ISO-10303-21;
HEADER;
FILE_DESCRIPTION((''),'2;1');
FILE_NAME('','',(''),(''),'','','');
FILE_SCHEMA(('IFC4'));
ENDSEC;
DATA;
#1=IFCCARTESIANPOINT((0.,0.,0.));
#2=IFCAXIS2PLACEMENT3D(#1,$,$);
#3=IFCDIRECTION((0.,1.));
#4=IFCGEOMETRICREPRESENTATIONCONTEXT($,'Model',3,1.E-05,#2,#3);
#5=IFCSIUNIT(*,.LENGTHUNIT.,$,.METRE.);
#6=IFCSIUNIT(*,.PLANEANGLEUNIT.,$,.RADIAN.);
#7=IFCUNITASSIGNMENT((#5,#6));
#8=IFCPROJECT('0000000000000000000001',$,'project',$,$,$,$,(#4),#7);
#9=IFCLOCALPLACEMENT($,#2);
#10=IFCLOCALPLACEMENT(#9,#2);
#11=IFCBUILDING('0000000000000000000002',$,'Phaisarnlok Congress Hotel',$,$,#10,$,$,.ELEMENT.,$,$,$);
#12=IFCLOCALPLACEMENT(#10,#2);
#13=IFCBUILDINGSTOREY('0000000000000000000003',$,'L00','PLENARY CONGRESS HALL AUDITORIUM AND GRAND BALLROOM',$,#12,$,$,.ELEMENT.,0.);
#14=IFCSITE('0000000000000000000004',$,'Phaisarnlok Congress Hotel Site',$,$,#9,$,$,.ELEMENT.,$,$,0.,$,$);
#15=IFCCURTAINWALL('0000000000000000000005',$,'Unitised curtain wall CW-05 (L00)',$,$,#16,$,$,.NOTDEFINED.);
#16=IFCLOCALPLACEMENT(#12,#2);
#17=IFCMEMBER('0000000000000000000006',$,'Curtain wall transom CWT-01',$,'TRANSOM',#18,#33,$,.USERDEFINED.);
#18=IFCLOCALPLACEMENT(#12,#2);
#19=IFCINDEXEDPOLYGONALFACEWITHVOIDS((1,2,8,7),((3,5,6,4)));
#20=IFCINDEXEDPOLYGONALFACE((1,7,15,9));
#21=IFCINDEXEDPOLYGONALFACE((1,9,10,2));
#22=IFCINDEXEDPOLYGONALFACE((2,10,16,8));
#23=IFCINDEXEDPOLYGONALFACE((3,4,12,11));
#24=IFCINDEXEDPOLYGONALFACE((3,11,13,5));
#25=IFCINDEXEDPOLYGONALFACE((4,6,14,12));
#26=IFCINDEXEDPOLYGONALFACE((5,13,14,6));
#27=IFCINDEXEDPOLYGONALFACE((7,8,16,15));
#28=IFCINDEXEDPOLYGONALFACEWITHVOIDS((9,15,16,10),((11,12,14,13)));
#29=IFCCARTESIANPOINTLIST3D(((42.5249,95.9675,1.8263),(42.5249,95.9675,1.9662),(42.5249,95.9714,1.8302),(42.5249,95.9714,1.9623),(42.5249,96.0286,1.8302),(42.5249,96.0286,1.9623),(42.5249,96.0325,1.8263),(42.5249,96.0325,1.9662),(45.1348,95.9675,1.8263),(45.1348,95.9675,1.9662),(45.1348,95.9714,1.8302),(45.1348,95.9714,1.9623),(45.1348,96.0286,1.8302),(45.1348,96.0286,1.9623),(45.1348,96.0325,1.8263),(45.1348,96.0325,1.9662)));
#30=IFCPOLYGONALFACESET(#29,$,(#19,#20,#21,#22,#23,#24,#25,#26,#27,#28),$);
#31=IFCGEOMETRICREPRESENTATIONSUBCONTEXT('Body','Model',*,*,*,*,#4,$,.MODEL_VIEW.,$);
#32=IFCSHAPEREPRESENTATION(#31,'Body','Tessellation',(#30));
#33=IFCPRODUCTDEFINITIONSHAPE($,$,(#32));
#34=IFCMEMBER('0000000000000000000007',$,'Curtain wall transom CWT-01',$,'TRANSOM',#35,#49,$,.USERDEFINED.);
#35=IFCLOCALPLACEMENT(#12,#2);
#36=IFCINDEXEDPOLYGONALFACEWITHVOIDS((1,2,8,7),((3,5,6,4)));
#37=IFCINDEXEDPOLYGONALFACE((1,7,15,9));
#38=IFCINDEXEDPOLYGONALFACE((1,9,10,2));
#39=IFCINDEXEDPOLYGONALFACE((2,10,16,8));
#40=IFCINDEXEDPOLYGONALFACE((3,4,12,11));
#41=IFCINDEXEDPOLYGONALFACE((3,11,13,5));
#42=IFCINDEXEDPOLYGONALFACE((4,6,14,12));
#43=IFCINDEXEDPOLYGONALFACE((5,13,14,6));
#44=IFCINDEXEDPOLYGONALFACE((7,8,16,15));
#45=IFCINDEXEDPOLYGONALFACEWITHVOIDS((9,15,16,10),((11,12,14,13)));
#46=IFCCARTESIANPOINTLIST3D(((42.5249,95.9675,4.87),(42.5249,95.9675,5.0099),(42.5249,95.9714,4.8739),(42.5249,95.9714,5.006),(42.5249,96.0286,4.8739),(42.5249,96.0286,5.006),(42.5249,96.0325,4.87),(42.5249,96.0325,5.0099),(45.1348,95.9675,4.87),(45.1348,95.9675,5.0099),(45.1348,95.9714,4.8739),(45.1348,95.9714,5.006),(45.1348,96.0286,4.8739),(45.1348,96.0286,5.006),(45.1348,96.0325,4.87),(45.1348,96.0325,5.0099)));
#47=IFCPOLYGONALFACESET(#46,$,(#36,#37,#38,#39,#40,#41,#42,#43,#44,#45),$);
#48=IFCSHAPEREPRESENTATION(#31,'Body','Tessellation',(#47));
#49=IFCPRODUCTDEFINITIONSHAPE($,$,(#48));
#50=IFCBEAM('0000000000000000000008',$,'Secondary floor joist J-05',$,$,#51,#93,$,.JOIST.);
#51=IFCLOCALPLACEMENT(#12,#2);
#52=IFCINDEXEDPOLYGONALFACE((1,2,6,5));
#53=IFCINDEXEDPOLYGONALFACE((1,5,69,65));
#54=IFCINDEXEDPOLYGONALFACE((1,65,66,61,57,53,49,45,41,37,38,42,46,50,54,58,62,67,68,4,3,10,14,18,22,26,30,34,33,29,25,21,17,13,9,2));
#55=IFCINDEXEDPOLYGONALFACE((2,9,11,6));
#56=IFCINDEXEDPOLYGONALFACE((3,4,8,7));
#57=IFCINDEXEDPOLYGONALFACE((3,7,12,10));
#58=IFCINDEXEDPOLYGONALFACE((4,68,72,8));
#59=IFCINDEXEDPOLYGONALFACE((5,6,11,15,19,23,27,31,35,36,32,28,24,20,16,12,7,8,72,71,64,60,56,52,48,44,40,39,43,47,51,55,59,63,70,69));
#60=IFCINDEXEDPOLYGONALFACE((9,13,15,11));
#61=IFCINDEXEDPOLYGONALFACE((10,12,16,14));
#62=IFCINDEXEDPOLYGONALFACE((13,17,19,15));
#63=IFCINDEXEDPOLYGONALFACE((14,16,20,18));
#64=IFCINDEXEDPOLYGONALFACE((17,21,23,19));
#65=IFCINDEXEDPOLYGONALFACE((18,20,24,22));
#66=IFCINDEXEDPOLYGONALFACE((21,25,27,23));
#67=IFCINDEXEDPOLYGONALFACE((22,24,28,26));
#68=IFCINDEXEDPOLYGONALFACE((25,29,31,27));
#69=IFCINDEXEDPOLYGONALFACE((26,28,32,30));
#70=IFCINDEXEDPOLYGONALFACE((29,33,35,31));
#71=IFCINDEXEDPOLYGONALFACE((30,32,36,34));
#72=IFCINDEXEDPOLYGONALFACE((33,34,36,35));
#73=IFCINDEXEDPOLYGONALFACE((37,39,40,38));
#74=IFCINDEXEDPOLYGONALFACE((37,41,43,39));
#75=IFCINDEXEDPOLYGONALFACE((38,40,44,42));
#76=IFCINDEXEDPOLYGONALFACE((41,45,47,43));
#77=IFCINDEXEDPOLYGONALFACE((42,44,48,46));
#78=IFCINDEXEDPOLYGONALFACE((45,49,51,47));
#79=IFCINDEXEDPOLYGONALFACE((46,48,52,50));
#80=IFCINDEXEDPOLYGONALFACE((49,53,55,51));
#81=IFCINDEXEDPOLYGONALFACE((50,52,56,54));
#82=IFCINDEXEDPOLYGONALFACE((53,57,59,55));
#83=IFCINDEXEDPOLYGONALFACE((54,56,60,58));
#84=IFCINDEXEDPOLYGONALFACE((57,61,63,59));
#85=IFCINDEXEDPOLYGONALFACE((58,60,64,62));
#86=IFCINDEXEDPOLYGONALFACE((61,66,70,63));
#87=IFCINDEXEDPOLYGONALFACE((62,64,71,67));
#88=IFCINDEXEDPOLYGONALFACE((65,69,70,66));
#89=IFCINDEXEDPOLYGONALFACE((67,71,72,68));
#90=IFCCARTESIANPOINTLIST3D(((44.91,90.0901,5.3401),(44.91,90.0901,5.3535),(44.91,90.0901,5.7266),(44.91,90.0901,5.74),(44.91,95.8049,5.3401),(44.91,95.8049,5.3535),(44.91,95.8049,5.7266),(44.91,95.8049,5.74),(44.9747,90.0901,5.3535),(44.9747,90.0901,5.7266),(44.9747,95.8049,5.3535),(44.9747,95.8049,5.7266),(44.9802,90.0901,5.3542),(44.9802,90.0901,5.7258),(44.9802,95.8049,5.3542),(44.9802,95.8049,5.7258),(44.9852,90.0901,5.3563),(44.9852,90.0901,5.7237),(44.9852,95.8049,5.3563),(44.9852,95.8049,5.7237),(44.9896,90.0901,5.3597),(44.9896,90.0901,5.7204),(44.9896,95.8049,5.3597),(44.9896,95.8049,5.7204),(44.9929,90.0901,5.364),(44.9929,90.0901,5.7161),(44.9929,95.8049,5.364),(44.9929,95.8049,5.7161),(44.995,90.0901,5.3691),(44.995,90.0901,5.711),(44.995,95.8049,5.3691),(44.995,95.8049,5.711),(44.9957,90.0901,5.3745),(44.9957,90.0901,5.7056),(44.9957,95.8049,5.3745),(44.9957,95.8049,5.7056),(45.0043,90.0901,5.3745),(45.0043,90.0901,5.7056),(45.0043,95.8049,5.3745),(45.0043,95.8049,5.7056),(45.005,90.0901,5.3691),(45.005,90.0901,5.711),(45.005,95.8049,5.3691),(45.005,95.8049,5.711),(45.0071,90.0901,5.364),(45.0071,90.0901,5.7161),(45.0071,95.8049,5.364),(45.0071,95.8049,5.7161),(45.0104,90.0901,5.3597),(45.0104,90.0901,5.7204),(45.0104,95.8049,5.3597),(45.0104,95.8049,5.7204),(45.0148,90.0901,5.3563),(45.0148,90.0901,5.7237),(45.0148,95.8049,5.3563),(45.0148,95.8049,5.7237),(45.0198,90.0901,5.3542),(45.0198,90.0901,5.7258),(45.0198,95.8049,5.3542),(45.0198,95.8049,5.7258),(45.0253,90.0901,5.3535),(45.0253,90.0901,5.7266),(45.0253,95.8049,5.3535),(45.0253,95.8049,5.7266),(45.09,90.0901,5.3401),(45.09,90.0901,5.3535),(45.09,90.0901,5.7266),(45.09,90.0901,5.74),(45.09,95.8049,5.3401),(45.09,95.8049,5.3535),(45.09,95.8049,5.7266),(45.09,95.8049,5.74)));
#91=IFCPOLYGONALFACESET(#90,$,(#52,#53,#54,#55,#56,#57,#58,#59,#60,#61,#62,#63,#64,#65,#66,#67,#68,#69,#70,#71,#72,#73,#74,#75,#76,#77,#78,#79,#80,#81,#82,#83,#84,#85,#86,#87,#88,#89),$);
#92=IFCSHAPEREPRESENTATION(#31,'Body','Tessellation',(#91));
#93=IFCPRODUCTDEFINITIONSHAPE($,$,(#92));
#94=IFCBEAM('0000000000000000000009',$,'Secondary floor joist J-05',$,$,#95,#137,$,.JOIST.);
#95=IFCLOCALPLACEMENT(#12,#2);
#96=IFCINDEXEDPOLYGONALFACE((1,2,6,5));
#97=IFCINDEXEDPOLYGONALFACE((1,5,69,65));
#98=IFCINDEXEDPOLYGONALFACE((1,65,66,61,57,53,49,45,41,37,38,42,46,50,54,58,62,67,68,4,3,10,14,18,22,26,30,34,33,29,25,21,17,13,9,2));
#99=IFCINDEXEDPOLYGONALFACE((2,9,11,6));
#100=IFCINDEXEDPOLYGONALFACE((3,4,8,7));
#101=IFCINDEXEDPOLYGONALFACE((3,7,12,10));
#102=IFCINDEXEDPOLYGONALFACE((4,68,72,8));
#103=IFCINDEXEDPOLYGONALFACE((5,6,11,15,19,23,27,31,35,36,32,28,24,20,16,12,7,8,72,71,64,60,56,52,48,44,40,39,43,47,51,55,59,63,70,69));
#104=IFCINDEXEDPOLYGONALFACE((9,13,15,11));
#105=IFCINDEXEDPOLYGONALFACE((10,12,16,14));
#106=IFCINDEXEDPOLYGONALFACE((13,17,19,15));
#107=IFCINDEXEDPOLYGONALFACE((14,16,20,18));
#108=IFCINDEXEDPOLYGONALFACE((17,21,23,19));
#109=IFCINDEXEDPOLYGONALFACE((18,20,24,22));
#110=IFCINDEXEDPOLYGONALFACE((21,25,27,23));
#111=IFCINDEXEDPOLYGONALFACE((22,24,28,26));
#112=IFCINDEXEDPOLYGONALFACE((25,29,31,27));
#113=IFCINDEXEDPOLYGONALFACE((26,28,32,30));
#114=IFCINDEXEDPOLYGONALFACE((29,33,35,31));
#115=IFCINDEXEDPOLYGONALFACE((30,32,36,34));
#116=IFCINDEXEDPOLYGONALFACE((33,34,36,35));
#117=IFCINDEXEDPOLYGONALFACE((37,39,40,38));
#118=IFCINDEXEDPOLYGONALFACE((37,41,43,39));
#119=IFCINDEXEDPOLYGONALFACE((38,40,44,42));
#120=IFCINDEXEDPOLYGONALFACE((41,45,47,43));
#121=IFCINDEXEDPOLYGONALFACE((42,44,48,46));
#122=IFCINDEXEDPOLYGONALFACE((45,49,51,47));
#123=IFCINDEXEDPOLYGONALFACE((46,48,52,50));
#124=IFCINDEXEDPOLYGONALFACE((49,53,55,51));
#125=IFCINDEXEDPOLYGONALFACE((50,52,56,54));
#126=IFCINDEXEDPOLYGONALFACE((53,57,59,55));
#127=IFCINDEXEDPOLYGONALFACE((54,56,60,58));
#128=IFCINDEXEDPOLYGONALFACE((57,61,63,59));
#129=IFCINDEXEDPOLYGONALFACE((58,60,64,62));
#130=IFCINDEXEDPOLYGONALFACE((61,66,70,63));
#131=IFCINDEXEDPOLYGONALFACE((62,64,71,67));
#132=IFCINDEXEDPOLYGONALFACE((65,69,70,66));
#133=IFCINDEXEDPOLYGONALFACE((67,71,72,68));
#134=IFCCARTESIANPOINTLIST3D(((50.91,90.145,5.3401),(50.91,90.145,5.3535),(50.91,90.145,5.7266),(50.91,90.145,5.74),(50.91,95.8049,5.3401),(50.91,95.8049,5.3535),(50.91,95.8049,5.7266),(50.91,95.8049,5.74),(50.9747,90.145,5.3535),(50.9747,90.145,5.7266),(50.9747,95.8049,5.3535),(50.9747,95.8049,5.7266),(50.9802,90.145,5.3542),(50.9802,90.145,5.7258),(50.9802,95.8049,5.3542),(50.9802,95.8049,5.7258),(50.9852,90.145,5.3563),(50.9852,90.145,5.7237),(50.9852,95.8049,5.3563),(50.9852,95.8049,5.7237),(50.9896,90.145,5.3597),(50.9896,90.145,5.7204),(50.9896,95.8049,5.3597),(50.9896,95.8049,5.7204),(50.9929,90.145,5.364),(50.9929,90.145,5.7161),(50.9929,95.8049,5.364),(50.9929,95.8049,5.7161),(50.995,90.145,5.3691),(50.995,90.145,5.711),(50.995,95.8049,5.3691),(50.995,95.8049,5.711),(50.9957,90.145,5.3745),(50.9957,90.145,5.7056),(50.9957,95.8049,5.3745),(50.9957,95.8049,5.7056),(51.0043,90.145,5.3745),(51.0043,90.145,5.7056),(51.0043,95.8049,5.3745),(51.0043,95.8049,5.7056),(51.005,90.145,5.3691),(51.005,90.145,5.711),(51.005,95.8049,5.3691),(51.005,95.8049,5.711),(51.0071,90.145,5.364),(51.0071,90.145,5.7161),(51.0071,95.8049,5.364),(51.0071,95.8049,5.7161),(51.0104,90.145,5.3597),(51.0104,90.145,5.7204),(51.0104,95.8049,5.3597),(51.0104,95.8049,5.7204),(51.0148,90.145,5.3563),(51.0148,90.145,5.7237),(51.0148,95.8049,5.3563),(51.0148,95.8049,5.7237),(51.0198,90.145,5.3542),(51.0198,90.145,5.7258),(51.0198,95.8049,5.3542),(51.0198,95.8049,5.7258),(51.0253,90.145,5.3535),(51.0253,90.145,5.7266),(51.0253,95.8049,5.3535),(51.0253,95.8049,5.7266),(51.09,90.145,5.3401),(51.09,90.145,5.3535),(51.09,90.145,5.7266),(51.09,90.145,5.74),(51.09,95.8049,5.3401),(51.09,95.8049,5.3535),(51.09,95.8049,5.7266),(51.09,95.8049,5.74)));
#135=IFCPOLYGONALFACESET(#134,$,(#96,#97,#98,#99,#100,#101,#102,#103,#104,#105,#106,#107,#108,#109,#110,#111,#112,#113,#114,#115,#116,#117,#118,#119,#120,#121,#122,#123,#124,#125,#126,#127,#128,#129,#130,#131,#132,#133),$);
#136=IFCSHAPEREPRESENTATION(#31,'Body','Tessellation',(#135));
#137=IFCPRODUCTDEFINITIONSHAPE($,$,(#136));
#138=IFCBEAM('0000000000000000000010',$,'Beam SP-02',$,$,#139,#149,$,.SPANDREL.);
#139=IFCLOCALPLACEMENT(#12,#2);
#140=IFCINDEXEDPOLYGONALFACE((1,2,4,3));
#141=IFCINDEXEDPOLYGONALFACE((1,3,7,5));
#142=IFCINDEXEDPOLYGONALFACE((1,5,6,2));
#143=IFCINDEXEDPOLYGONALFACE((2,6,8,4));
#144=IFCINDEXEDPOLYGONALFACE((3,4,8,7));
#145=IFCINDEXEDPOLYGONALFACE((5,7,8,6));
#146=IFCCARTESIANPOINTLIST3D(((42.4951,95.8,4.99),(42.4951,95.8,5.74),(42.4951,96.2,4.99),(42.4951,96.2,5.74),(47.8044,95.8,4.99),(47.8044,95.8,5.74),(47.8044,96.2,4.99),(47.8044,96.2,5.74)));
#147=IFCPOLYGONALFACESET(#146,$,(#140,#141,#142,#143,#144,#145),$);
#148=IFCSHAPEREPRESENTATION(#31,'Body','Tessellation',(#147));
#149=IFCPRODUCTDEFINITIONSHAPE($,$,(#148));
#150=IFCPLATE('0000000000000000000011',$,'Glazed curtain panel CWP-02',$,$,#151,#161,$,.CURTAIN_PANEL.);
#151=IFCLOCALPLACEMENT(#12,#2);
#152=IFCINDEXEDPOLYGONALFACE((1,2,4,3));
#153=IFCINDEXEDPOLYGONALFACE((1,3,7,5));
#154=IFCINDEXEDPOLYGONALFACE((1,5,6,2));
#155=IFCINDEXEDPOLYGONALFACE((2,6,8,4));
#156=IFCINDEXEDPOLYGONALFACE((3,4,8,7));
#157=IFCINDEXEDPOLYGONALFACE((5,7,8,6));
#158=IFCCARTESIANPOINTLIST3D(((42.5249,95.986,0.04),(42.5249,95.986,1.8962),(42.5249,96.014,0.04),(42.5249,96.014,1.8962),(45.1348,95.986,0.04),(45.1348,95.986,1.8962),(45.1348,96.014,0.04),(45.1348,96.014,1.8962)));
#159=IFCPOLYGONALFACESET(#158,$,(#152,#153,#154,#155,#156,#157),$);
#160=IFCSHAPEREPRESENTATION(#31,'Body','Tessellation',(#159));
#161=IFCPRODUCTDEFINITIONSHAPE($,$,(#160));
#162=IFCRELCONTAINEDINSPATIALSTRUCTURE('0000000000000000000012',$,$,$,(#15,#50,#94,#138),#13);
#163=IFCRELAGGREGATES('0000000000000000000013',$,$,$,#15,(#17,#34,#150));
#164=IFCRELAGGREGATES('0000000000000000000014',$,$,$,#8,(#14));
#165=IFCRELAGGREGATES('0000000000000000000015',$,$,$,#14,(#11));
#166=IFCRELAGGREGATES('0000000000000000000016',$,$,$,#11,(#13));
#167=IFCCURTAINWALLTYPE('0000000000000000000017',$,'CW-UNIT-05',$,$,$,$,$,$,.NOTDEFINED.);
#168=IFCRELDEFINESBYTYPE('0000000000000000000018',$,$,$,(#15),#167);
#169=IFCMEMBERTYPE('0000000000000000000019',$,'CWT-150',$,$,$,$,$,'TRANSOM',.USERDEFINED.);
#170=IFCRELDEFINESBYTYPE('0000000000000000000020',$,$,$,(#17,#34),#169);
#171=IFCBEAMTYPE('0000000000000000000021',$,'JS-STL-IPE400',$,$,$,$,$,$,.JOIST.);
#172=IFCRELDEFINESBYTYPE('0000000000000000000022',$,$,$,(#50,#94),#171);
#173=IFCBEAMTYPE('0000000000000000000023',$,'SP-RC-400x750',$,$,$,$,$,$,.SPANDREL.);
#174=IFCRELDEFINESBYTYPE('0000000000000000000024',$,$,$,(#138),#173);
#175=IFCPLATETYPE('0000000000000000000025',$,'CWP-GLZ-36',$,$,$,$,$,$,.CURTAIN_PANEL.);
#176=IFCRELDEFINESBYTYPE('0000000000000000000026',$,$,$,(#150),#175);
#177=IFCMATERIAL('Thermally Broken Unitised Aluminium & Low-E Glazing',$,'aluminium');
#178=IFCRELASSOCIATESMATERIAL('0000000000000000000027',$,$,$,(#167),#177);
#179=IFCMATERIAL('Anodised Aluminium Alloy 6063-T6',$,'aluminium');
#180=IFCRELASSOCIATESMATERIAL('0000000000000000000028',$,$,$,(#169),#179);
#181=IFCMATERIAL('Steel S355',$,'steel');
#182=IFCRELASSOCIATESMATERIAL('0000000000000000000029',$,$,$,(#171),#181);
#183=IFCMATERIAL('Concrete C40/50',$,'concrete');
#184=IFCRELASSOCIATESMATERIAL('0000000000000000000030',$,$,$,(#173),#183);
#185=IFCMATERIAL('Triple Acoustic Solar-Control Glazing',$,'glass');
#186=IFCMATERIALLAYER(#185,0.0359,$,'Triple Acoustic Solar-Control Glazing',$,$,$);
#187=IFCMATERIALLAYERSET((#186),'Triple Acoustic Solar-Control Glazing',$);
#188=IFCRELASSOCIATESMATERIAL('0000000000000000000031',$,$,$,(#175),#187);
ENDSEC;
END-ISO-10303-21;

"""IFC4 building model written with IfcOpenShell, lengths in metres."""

from ifc_helpers import new_model, si_unit, direction, frame, frame_2d, origin, origin_2d, place, context, subcontext, project, spatial, rectangle, hollow_rectangle, i_section, extrude, material, layer, layer_set, material_profile, profile_set, type_object, element, aggregate, save


model = new_model("IFC4")

# Units and contexts
model_context = context("Model", 3, precision=1e-05, world=origin(), true_north=direction((0.0, 1.0)))
body_context = subcontext(model_context, "Body", "Model", "MODEL_VIEW")
ifc_project = project(units=[si_unit("LENGTHUNIT", "METRE"), si_unit("PLANEANGLEUNIT", "RADIAN")], contexts=[model_context])

# Site, building, storey
site_placement = place(None, origin())
site = spatial("IfcSite", under=ifc_project, at=site_placement, Name="Phaisarnlok Congress Hotel Site", CompositionType="ELEMENT", RefElevation=0.0)
building_placement = place(site_placement, origin())
building = spatial("IfcBuilding", under=site, at=building_placement, Name="Phaisarnlok Congress Hotel", CompositionType="ELEMENT")
storey_placement = place(building_placement, origin())
storey = spatial("IfcBuildingStorey", under=building, at=storey_placement, Name="L00", Description="PLENARY CONGRESS HALL AUDITORIUM AND GRAND BALLROOM", CompositionType="ELEMENT", Elevation=0.0)

# Shared definitions
ifc_material_1 = material(Name="Steel S355", Category="steel")

# Shared definitions
ifc_material_2 = material(Name="Concrete C40/50", Category="concrete")

# Curtain wall, members
ifc_material_3 = material(Name="Thermally Broken Unitised Aluminium & Low-E Glazing", Category="aluminium")
curtain_wall_type = type_object("IfcCurtainWallType", Name="CW-UNIT-05", PredefinedType="NOTDEFINED", material=ifc_material_3)
curtain_wall_placement = place(storey_placement, origin())
curtain_wall = element("IfcCurtainWall", 1, at=curtain_wall_placement, inside=storey, type_object=curtain_wall_type, Name="Unitised curtain wall CW-05 (L00)", PredefinedType="NOTDEFINED")
ifc_material_4 = material(Name="Anodised Aluminium Alloy 6063-T6", Category="aluminium")
ifc_material_profile_1 = material_profile(ifc_material_4, hollow_rectangle(XDim=0.0649, YDim=0.1399, WallThickness=0.0039, at=origin_2d()), Name="ALU-T 65x140x4")
ifc_profile_set_1 = profile_set([ifc_material_profile_1], Name="Anodised Aluminium Alloy 6063-T6")
member_type_1 = type_object("IfcMemberType", Name="CWT-150", ElementType="TRANSOM", PredefinedType="USERDEFINED", material=ifc_profile_set_1)
member_1_placement = place(storey_placement, frame((45.1348, 96.0, 1.8962), z_axis=(-1.0, 0.0, 0.0), x_axis=(0.0, -1.0, 0.0)))
member_1 = element("IfcMember", 2, at=member_1_placement, type_object=member_type_1, Name="Curtain wall transom CWT-01", ObjectType="TRANSOM", PredefinedType="USERDEFINED", context=body_context, shape_type="SweptSolid", body=[
    extrude(hollow_rectangle(XDim=0.0649, YDim=0.1399, WallThickness=0.0039, at=origin_2d()), origin(), (0.0, 0.0, 1.0), 2.6099),
])
member_2_placement = place(storey_placement, frame((45.1348, 96.0, 4.9399), z_axis=(-1.0, 0.0, 0.0), x_axis=(0.0, -1.0, 0.0)))
member_2 = element("IfcMember", 3, at=member_2_placement, type_object=member_type_1, Name="Curtain wall transom CWT-01", ObjectType="TRANSOM", PredefinedType="USERDEFINED", context=body_context, shape_type="SweptSolid", body=[
    extrude(hollow_rectangle(XDim=0.0649, YDim=0.1399, WallThickness=0.0039, at=origin_2d()), origin(), (0.0, 0.0, 1.0), 2.6099),
])

# Beams
ifc_material_profile_2 = material_profile(ifc_material_1, i_section(OverallWidth=0.1799, OverallDepth=0.3999, WebThickness=0.0085, FlangeThickness=0.0134, FilletRadius=0.021, at=origin_2d()), Name="IPE 400")
ifc_profile_set_2 = profile_set([ifc_material_profile_2], Name="Steel S355")
beam_type_1 = type_object("IfcBeamType", Name="JS-STL-IPE400", PredefinedType="JOIST", material=ifc_profile_set_2)
beam_1_placement = place(storey_placement, frame((45.0, 90.0901, 5.54), z_axis=(0.0, 1.0, 0.0), x_axis=(-1.0, 0.0, 0.0)))
element("IfcBeam", 4, at=beam_1_placement, inside=storey, type_object=beam_type_1, Name="Secondary floor joist J-05", PredefinedType="JOIST", context=body_context, shape_type="SweptSolid", body=[
    extrude(i_section(OverallWidth=0.1799, OverallDepth=0.3999, WebThickness=0.0085, FlangeThickness=0.0134, FilletRadius=0.021, at=origin_2d()), origin(), (0.0, 0.0, 1.0), 5.7148),
])
beam_2_placement = place(storey_placement, frame((51.0, 90.145, 5.54), z_axis=(0.0, 1.0, 0.0), x_axis=(-1.0, 0.0, 0.0)))
element("IfcBeam", 5, at=beam_2_placement, inside=storey, type_object=beam_type_1, Name="Secondary floor joist J-05", PredefinedType="JOIST", context=body_context, shape_type="SweptSolid", body=[
    extrude(i_section(OverallWidth=0.1799, OverallDepth=0.3999, WebThickness=0.0085, FlangeThickness=0.0134, FilletRadius=0.021, at=origin_2d()), origin(), (0.0, 0.0, 1.0), 5.6599),
])
ifc_material_profile_3 = material_profile(ifc_material_2, rectangle(XDim=0.3999, YDim=0.75, at=origin_2d()), Name="RC 400x750")
ifc_profile_set_3 = profile_set([ifc_material_profile_3], Name="Concrete C40/50")
beam_type_2 = type_object("IfcBeamType", Name="SP-RC-400x750", PredefinedType="SPANDREL", material=ifc_profile_set_3)
beam_3_placement = place(storey_placement, frame((42.4951, 96.0, 5.365), z_axis=(1.0, 0.0, 0.0), x_axis=(0.0, 1.0, 0.0)))
element("IfcBeam", 6, at=beam_3_placement, inside=storey, type_object=beam_type_2, Name="Beam SP-02", PredefinedType="SPANDREL", context=body_context, shape_type="SweptSolid", body=[
    extrude(rectangle(XDim=0.3999, YDim=0.75, at=origin_2d()), origin(), (0.0, 0.0, 1.0), 5.3093),
])

# Plate
ifc_material_5 = material(Name="Triple Acoustic Solar-Control Glazing", Category="glass")
ifc_layer_1 = layer(ifc_material_5, 0.0359, Name="Triple Acoustic Solar-Control Glazing")
ifc_layer_set_1 = layer_set([ifc_layer_1], Name="Triple Acoustic Solar-Control Glazing")
plate_type = type_object("IfcPlateType", Name="CWP-GLZ-36", PredefinedType="CURTAIN_PANEL", material=ifc_layer_set_1)
plate_placement = place(storey_placement, frame((45.1348, 96.0, 0.04), z_axis=(0.0, 0.0, 1.0), x_axis=(-1.0, 0.0, 0.0)))
plate = element("IfcPlate", 7, at=plate_placement, type_object=plate_type, Name="Glazed curtain panel CWP-02", PredefinedType="CURTAIN_PANEL", context=body_context, shape_type="SweptSolid", body=[
    extrude(rectangle(XDim=2.6099, YDim=0.0281, at=frame_2d((1.3049, 0.0))), origin(), (0.0, 0.0, 1.0), 1.8562),
])
aggregate(curtain_wall, [member_1, member_2, plate])

save(model, "model.ifc")
